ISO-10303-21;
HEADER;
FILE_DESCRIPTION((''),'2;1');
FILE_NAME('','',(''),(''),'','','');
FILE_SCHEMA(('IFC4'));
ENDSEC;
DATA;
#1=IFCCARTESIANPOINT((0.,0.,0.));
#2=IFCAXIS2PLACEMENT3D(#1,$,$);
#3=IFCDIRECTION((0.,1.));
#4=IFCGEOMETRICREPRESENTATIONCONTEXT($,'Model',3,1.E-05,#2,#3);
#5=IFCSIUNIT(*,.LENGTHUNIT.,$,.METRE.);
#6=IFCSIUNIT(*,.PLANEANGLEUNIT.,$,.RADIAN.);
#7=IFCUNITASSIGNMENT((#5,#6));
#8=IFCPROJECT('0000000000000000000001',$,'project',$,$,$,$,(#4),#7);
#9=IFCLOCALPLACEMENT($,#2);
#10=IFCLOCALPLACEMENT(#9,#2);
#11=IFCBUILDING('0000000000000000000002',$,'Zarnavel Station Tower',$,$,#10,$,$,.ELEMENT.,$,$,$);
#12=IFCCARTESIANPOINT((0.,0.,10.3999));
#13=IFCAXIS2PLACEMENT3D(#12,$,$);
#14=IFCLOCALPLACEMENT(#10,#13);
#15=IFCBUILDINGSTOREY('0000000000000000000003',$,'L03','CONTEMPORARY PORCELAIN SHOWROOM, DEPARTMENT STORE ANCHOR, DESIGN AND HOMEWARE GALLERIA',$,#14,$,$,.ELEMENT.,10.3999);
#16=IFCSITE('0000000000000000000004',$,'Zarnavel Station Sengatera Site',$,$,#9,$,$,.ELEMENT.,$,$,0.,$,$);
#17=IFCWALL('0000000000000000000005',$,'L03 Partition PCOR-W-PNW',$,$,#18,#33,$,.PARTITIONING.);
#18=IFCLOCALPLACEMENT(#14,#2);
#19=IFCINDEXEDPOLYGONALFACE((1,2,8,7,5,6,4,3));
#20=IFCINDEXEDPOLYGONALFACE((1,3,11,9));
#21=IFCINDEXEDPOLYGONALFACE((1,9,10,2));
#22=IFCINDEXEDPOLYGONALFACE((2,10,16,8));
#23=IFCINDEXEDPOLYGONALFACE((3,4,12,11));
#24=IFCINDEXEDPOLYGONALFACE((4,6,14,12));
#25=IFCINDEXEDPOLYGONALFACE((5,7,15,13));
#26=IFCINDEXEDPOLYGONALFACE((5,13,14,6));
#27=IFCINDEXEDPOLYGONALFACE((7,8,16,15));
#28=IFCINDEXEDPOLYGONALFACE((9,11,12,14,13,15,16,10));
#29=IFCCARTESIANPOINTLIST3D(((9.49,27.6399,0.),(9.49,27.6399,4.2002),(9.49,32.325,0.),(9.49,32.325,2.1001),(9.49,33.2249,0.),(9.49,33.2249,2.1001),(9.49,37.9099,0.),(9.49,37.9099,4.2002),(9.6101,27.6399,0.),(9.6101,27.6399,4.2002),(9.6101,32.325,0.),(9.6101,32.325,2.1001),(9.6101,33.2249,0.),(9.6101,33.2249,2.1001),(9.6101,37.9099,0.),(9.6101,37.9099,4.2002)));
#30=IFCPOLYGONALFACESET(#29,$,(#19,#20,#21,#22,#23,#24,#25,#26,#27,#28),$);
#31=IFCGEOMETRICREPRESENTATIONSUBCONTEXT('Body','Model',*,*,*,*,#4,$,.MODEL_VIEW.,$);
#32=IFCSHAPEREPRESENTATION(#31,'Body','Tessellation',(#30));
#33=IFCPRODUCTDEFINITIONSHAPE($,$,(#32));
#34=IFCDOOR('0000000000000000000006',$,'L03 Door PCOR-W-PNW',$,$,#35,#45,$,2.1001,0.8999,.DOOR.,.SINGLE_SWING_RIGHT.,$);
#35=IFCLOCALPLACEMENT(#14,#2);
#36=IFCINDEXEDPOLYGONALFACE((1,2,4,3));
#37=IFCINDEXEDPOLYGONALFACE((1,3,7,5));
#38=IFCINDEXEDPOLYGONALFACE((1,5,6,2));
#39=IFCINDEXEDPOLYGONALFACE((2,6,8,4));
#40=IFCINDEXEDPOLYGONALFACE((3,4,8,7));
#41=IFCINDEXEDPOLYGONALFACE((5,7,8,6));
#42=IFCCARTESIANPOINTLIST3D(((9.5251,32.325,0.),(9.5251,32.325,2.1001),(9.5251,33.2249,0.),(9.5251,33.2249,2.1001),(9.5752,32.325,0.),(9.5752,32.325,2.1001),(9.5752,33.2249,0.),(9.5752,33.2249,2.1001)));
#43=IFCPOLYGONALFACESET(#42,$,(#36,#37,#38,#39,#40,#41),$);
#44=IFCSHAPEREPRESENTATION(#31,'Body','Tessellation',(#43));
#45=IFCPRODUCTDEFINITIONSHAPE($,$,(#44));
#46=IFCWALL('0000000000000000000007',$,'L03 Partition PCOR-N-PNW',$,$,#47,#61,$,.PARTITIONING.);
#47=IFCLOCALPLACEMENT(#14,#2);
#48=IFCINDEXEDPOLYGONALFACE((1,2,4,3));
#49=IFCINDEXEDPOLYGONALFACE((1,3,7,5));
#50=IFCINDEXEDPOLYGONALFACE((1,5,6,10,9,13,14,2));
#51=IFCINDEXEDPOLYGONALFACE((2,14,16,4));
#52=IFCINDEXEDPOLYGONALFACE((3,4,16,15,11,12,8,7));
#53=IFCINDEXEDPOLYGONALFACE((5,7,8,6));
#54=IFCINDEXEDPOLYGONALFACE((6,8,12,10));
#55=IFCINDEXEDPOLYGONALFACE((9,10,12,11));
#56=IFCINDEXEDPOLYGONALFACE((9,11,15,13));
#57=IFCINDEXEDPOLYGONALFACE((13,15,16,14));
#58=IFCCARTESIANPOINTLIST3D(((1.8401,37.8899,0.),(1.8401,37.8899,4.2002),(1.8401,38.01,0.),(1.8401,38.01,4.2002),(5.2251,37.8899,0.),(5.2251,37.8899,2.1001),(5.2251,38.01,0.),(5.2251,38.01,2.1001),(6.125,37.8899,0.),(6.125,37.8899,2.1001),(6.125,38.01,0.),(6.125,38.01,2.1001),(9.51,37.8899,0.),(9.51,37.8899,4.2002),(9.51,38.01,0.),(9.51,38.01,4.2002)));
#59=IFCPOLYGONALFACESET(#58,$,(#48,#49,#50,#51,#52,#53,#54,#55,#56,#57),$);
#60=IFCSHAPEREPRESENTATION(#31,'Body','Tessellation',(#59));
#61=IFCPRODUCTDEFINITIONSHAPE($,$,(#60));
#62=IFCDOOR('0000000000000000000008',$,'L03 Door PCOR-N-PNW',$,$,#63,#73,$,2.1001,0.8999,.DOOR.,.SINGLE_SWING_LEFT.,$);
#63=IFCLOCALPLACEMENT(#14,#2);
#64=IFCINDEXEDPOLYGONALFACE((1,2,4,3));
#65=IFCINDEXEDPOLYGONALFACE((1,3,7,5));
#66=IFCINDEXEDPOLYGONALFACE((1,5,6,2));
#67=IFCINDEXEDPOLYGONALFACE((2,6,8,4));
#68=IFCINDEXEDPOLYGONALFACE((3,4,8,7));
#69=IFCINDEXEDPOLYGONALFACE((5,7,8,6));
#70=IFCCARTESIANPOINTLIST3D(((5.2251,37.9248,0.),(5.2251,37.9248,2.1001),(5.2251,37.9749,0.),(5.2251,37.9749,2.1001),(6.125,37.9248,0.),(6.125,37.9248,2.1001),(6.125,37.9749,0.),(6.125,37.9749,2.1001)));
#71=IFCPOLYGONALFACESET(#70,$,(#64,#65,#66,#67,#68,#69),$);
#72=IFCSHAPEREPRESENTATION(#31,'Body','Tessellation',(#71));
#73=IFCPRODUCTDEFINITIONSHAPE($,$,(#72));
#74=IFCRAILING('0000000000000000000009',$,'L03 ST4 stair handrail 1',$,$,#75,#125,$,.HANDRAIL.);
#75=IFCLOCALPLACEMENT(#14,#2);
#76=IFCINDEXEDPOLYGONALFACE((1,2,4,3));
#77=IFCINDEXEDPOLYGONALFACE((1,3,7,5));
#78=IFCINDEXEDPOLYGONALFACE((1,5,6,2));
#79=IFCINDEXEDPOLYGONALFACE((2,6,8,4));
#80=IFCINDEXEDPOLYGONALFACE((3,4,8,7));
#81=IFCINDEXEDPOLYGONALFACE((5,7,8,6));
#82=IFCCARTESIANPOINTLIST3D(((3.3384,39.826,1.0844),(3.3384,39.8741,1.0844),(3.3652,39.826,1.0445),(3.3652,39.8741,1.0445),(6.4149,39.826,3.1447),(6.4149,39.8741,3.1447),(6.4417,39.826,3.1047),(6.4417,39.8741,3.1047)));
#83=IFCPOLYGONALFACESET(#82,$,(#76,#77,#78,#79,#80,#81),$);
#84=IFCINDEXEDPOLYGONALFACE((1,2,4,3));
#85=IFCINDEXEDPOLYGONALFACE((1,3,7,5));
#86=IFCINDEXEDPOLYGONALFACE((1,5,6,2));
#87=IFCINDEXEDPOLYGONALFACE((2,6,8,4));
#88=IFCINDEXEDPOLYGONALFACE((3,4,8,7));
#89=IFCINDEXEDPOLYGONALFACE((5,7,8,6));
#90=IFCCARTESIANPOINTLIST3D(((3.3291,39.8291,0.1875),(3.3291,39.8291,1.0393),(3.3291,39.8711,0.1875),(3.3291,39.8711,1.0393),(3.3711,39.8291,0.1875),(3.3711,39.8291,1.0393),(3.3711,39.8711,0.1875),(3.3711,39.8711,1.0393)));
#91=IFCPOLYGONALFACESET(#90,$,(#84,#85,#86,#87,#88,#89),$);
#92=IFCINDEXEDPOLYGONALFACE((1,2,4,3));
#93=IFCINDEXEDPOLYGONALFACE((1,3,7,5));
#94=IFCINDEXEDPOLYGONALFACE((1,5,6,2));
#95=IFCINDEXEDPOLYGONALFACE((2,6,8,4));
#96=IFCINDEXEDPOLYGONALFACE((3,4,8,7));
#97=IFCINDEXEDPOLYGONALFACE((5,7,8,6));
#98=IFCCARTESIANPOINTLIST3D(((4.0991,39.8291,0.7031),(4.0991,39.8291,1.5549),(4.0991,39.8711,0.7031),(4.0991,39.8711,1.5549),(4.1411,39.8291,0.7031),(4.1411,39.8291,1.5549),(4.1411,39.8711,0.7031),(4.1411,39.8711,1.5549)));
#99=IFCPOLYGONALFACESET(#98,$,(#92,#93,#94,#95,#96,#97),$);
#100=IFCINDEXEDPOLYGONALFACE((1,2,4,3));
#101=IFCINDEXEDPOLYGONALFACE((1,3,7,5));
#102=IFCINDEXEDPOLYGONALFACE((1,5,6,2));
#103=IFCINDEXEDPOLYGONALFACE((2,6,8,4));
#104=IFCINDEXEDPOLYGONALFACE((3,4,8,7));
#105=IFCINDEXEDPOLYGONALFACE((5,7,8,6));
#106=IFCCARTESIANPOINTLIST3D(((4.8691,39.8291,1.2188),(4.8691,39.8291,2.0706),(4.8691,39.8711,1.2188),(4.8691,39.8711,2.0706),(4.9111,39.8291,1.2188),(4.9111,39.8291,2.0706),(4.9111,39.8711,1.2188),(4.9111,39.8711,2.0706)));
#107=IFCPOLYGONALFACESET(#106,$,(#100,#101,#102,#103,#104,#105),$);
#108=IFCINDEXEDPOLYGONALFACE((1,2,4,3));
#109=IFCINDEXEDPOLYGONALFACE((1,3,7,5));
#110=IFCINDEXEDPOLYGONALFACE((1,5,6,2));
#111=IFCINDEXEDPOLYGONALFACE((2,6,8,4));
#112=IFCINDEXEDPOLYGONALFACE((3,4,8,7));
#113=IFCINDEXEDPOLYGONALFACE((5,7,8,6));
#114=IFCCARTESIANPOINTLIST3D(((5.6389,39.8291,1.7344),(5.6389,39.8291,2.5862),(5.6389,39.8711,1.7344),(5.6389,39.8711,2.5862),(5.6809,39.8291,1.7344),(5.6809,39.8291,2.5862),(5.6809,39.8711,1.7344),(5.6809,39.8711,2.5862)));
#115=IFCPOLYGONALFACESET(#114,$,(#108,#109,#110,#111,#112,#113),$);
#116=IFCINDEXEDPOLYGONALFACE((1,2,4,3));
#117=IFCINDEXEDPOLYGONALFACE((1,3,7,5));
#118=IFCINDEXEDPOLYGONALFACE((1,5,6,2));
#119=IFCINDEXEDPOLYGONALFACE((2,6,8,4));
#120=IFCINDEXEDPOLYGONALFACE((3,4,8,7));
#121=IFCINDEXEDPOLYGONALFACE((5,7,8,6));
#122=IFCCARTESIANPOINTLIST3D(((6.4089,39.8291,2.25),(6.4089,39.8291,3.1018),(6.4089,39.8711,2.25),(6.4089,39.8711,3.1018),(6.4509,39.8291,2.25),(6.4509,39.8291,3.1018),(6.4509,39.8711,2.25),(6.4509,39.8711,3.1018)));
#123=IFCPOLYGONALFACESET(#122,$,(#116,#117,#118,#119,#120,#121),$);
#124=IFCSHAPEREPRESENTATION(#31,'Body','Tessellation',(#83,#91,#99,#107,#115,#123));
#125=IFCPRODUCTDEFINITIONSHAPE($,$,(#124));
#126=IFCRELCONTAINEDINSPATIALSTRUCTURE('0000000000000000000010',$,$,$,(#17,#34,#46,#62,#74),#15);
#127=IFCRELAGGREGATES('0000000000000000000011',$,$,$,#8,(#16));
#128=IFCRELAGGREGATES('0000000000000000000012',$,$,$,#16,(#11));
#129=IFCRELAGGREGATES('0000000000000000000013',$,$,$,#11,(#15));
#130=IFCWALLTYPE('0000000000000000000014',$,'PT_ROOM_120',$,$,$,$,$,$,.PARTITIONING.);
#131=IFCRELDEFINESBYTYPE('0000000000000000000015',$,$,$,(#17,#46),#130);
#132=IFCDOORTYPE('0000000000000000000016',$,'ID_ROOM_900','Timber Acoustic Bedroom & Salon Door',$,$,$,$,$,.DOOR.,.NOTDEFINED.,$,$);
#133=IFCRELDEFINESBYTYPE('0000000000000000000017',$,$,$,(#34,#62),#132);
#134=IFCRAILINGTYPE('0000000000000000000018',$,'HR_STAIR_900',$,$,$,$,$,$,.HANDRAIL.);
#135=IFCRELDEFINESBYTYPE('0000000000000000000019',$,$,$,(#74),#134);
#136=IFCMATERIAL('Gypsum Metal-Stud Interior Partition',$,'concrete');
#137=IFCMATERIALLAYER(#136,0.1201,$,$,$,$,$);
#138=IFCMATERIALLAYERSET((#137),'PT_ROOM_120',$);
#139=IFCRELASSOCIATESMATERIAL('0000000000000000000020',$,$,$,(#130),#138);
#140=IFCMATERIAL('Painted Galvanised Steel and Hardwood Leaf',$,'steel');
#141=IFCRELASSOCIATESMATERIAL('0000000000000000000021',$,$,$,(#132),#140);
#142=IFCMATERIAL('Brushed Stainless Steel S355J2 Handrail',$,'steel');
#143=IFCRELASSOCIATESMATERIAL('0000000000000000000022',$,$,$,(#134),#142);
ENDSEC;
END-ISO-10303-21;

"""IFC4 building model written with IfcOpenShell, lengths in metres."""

from ifc_helpers import new_model, si_unit, direction, frame, frame_2d, origin, origin_2d, place, context, subcontext, project, spatial, rectangle, extrude, material, layer, layer_set, type_object, element, fill, save


model = new_model("IFC4")

# Units and contexts
model_context = context("Model", 3, precision=1e-05, world=origin(), true_north=direction((0.0, 1.0)))
body_context = subcontext(model_context, "Body", "Model", "MODEL_VIEW")
ifc_project = project(units=[si_unit("LENGTHUNIT", "METRE"), si_unit("PLANEANGLEUNIT", "RADIAN")], contexts=[model_context])

# Site, building, storey
site_placement = place(None, origin())
site = spatial("IfcSite", under=ifc_project, at=site_placement, Name="Zarnavel Station Sengatera Site", CompositionType="ELEMENT", RefElevation=0.0)
building_placement = place(site_placement, origin())
building = spatial("IfcBuilding", under=site, at=building_placement, Name="Zarnavel Station Tower", CompositionType="ELEMENT")
storey_placement = place(building_placement, frame((0.0, 0.0, 10.3999)))
storey = spatial("IfcBuildingStorey", under=building, at=storey_placement, Name="L03", Description="CONTEMPORARY PORCELAIN SHOWROOM, DEPARTMENT STORE ANCHOR, DESIGN AND HOMEWARE GALLERIA", CompositionType="ELEMENT", Elevation=10.3999)

# Walls, openings, doors
ifc_material_1 = material(Name="Gypsum Metal-Stud Interior Partition", Category="concrete")
ifc_layer_1 = layer(ifc_material_1, 0.1201)
ifc_layer_set_1 = layer_set([ifc_layer_1], Name="PT_ROOM_120")
wall_type_1 = type_object("IfcWallType", Name="PT_ROOM_120", PredefinedType="PARTITIONING", material=ifc_layer_set_1)
ifc_material_2 = material(Name="Painted Galvanised Steel and Hardwood Leaf", Category="steel")
door_type_1 = type_object("IfcDoorType", Name="ID_ROOM_900", Description="Timber Acoustic Bedroom & Salon Door", OperationType="NOTDEFINED", PredefinedType="DOOR", material=ifc_material_2)
wall_1_placement = place(storey_placement, frame((9.55, 27.6399, 0.0), z_axis=(0.0, 0.0, 1.0), x_axis=(0.0, 1.0, 0.0)))
wall_1 = element("IfcWall", 1, at=wall_1_placement, inside=storey, type_object=wall_type_1, Name="L03 Partition PCOR-W-PNW", PredefinedType="PARTITIONING", context=body_context, shape_type="SweptSolid", body=[
    extrude(rectangle(XDim=10.27, YDim=0.1201, at=frame_2d((5.135, 0.0))), origin(), (0.0, 0.0, 1.0), 4.2002),
])
opening_1_placement = place(wall_1_placement, frame((4.6851, 0.0, 0.0)))
opening_1 = element("IfcOpeningElement", 2, at=opening_1_placement, cuts=wall_1, PredefinedType="OPENING", context=body_context, shape_type="SweptSolid", body=[
    extrude(rectangle(XDim=0.8999, YDim=2.1001, at=frame_2d((0.45, 1.05))), frame((0.0, 0.0701, 0.0), z_axis=(0.0, -1.0, 0.0), x_axis=(1.0, 0.0, 0.0)), (0.0, 0.0, 1.0), 0.1401),
])
door_1_placement = place(opening_1_placement, origin())
door_1 = element("IfcDoor", 3, at=door_1_placement, inside=storey, type_object=door_type_1, Name="L03 Door PCOR-W-PNW", OperationType="SINGLE_SWING_RIGHT", OverallHeight=2.1001, OverallWidth=0.8999, PredefinedType="DOOR", context=body_context, shape_type="SweptSolid", body=[
    extrude(rectangle(XDim=0.8999, YDim=2.1001, at=frame_2d((0.45, 1.05))), frame((0.0, 0.0249, 0.0), z_axis=(0.0, -1.0, 0.0), x_axis=(1.0, 0.0, 0.0)), (0.0, 0.0, 1.0), 0.05),
])
fill(opening_1, door_1)
wall_2_placement = place(storey_placement, frame((1.8401, 37.95, 0.0), z_axis=(0.0, 0.0, 1.0), x_axis=(1.0, 0.0, 0.0)))
wall_2 = element("IfcWall", 4, at=wall_2_placement, inside=storey, type_object=wall_type_1, Name="L03 Partition PCOR-N-PNW", PredefinedType="PARTITIONING", context=body_context, shape_type="SweptSolid", body=[
    extrude(rectangle(XDim=7.6699, YDim=0.1201, at=frame_2d((3.835, 0.0))), origin(), (0.0, 0.0, 1.0), 4.2002),
])
opening_2_placement = place(wall_2_placement, frame((3.385, 0.0, 0.0)))
opening_2 = element("IfcOpeningElement", 5, at=opening_2_placement, cuts=wall_2, PredefinedType="OPENING", context=body_context, shape_type="SweptSolid", body=[
    extrude(rectangle(XDim=0.8999, YDim=2.1001, at=frame_2d((0.45, 1.05))), frame((0.0, 0.0701, 0.0), z_axis=(0.0, -1.0, 0.0), x_axis=(1.0, 0.0, 0.0)), (0.0, 0.0, 1.0), 0.1401),
])
door_2_placement = place(opening_2_placement, origin())
door_2 = element("IfcDoor", 6, at=door_2_placement, inside=storey, type_object=door_type_1, Name="L03 Door PCOR-N-PNW", OperationType="SINGLE_SWING_LEFT", OverallHeight=2.1001, OverallWidth=0.8999, PredefinedType="DOOR", context=body_context, shape_type="SweptSolid", body=[
    extrude(rectangle(XDim=0.8999, YDim=2.1001, at=frame_2d((0.45, 1.05))), frame((0.0, 0.0249, 0.0), z_axis=(0.0, -1.0, 0.0), x_axis=(1.0, 0.0, 0.0)), (0.0, 0.0, 1.0), 0.05),
])
fill(opening_2, door_2)

# Railing
ifc_material_3 = material(Name="Brushed Stainless Steel S355J2 Handrail", Category="steel")
railing_type = type_object("IfcRailingType", Name="HR_STAIR_900", PredefinedType="HANDRAIL", material=ifc_material_3)
railing_placement = place(storey_placement, frame((3.3501, 39.8501, 0.1875)))
element("IfcRailing", 7, at=railing_placement, inside=storey, type_object=railing_type, Name="L03 ST4 stair handrail 1", PredefinedType="HANDRAIL", context=body_context, shape_type="SweptSolid", body=[
    extrude(rectangle(XDim=0.0481, YDim=0.0481, at=origin_2d()), frame((0.0017, 0.0, 0.877), z_axis=(0.830893, 0.0, 0.556432), x_axis=(0.0, 1.0, 0.0)), (0.0, 0.0, 1.0), 3.7026),
    extrude(rectangle(XDim=0.042, YDim=0.042, at=origin_2d()), origin(), (0.0, 0.0, 1.0), 0.8518),
    extrude(rectangle(XDim=0.042, YDim=0.042, at=origin_2d()), frame((0.77, 0.0, 0.5156)), (0.0, 0.0, 1.0), 0.8518),
    extrude(rectangle(XDim=0.042, YDim=0.042, at=origin_2d()), frame((1.54, 0.0, 1.0312)), (0.0, 0.0, 1.0), 0.8518),
    extrude(rectangle(XDim=0.042, YDim=0.042, at=origin_2d()), frame((2.3098, 0.0, 1.5469)), (0.0, 0.0, 1.0), 0.8518),
    extrude(rectangle(XDim=0.042, YDim=0.042, at=origin_2d()), frame((3.0798, 0.0, 2.0625)), (0.0, 0.0, 1.0), 0.8518),
])

save(model, "model.ifc")
